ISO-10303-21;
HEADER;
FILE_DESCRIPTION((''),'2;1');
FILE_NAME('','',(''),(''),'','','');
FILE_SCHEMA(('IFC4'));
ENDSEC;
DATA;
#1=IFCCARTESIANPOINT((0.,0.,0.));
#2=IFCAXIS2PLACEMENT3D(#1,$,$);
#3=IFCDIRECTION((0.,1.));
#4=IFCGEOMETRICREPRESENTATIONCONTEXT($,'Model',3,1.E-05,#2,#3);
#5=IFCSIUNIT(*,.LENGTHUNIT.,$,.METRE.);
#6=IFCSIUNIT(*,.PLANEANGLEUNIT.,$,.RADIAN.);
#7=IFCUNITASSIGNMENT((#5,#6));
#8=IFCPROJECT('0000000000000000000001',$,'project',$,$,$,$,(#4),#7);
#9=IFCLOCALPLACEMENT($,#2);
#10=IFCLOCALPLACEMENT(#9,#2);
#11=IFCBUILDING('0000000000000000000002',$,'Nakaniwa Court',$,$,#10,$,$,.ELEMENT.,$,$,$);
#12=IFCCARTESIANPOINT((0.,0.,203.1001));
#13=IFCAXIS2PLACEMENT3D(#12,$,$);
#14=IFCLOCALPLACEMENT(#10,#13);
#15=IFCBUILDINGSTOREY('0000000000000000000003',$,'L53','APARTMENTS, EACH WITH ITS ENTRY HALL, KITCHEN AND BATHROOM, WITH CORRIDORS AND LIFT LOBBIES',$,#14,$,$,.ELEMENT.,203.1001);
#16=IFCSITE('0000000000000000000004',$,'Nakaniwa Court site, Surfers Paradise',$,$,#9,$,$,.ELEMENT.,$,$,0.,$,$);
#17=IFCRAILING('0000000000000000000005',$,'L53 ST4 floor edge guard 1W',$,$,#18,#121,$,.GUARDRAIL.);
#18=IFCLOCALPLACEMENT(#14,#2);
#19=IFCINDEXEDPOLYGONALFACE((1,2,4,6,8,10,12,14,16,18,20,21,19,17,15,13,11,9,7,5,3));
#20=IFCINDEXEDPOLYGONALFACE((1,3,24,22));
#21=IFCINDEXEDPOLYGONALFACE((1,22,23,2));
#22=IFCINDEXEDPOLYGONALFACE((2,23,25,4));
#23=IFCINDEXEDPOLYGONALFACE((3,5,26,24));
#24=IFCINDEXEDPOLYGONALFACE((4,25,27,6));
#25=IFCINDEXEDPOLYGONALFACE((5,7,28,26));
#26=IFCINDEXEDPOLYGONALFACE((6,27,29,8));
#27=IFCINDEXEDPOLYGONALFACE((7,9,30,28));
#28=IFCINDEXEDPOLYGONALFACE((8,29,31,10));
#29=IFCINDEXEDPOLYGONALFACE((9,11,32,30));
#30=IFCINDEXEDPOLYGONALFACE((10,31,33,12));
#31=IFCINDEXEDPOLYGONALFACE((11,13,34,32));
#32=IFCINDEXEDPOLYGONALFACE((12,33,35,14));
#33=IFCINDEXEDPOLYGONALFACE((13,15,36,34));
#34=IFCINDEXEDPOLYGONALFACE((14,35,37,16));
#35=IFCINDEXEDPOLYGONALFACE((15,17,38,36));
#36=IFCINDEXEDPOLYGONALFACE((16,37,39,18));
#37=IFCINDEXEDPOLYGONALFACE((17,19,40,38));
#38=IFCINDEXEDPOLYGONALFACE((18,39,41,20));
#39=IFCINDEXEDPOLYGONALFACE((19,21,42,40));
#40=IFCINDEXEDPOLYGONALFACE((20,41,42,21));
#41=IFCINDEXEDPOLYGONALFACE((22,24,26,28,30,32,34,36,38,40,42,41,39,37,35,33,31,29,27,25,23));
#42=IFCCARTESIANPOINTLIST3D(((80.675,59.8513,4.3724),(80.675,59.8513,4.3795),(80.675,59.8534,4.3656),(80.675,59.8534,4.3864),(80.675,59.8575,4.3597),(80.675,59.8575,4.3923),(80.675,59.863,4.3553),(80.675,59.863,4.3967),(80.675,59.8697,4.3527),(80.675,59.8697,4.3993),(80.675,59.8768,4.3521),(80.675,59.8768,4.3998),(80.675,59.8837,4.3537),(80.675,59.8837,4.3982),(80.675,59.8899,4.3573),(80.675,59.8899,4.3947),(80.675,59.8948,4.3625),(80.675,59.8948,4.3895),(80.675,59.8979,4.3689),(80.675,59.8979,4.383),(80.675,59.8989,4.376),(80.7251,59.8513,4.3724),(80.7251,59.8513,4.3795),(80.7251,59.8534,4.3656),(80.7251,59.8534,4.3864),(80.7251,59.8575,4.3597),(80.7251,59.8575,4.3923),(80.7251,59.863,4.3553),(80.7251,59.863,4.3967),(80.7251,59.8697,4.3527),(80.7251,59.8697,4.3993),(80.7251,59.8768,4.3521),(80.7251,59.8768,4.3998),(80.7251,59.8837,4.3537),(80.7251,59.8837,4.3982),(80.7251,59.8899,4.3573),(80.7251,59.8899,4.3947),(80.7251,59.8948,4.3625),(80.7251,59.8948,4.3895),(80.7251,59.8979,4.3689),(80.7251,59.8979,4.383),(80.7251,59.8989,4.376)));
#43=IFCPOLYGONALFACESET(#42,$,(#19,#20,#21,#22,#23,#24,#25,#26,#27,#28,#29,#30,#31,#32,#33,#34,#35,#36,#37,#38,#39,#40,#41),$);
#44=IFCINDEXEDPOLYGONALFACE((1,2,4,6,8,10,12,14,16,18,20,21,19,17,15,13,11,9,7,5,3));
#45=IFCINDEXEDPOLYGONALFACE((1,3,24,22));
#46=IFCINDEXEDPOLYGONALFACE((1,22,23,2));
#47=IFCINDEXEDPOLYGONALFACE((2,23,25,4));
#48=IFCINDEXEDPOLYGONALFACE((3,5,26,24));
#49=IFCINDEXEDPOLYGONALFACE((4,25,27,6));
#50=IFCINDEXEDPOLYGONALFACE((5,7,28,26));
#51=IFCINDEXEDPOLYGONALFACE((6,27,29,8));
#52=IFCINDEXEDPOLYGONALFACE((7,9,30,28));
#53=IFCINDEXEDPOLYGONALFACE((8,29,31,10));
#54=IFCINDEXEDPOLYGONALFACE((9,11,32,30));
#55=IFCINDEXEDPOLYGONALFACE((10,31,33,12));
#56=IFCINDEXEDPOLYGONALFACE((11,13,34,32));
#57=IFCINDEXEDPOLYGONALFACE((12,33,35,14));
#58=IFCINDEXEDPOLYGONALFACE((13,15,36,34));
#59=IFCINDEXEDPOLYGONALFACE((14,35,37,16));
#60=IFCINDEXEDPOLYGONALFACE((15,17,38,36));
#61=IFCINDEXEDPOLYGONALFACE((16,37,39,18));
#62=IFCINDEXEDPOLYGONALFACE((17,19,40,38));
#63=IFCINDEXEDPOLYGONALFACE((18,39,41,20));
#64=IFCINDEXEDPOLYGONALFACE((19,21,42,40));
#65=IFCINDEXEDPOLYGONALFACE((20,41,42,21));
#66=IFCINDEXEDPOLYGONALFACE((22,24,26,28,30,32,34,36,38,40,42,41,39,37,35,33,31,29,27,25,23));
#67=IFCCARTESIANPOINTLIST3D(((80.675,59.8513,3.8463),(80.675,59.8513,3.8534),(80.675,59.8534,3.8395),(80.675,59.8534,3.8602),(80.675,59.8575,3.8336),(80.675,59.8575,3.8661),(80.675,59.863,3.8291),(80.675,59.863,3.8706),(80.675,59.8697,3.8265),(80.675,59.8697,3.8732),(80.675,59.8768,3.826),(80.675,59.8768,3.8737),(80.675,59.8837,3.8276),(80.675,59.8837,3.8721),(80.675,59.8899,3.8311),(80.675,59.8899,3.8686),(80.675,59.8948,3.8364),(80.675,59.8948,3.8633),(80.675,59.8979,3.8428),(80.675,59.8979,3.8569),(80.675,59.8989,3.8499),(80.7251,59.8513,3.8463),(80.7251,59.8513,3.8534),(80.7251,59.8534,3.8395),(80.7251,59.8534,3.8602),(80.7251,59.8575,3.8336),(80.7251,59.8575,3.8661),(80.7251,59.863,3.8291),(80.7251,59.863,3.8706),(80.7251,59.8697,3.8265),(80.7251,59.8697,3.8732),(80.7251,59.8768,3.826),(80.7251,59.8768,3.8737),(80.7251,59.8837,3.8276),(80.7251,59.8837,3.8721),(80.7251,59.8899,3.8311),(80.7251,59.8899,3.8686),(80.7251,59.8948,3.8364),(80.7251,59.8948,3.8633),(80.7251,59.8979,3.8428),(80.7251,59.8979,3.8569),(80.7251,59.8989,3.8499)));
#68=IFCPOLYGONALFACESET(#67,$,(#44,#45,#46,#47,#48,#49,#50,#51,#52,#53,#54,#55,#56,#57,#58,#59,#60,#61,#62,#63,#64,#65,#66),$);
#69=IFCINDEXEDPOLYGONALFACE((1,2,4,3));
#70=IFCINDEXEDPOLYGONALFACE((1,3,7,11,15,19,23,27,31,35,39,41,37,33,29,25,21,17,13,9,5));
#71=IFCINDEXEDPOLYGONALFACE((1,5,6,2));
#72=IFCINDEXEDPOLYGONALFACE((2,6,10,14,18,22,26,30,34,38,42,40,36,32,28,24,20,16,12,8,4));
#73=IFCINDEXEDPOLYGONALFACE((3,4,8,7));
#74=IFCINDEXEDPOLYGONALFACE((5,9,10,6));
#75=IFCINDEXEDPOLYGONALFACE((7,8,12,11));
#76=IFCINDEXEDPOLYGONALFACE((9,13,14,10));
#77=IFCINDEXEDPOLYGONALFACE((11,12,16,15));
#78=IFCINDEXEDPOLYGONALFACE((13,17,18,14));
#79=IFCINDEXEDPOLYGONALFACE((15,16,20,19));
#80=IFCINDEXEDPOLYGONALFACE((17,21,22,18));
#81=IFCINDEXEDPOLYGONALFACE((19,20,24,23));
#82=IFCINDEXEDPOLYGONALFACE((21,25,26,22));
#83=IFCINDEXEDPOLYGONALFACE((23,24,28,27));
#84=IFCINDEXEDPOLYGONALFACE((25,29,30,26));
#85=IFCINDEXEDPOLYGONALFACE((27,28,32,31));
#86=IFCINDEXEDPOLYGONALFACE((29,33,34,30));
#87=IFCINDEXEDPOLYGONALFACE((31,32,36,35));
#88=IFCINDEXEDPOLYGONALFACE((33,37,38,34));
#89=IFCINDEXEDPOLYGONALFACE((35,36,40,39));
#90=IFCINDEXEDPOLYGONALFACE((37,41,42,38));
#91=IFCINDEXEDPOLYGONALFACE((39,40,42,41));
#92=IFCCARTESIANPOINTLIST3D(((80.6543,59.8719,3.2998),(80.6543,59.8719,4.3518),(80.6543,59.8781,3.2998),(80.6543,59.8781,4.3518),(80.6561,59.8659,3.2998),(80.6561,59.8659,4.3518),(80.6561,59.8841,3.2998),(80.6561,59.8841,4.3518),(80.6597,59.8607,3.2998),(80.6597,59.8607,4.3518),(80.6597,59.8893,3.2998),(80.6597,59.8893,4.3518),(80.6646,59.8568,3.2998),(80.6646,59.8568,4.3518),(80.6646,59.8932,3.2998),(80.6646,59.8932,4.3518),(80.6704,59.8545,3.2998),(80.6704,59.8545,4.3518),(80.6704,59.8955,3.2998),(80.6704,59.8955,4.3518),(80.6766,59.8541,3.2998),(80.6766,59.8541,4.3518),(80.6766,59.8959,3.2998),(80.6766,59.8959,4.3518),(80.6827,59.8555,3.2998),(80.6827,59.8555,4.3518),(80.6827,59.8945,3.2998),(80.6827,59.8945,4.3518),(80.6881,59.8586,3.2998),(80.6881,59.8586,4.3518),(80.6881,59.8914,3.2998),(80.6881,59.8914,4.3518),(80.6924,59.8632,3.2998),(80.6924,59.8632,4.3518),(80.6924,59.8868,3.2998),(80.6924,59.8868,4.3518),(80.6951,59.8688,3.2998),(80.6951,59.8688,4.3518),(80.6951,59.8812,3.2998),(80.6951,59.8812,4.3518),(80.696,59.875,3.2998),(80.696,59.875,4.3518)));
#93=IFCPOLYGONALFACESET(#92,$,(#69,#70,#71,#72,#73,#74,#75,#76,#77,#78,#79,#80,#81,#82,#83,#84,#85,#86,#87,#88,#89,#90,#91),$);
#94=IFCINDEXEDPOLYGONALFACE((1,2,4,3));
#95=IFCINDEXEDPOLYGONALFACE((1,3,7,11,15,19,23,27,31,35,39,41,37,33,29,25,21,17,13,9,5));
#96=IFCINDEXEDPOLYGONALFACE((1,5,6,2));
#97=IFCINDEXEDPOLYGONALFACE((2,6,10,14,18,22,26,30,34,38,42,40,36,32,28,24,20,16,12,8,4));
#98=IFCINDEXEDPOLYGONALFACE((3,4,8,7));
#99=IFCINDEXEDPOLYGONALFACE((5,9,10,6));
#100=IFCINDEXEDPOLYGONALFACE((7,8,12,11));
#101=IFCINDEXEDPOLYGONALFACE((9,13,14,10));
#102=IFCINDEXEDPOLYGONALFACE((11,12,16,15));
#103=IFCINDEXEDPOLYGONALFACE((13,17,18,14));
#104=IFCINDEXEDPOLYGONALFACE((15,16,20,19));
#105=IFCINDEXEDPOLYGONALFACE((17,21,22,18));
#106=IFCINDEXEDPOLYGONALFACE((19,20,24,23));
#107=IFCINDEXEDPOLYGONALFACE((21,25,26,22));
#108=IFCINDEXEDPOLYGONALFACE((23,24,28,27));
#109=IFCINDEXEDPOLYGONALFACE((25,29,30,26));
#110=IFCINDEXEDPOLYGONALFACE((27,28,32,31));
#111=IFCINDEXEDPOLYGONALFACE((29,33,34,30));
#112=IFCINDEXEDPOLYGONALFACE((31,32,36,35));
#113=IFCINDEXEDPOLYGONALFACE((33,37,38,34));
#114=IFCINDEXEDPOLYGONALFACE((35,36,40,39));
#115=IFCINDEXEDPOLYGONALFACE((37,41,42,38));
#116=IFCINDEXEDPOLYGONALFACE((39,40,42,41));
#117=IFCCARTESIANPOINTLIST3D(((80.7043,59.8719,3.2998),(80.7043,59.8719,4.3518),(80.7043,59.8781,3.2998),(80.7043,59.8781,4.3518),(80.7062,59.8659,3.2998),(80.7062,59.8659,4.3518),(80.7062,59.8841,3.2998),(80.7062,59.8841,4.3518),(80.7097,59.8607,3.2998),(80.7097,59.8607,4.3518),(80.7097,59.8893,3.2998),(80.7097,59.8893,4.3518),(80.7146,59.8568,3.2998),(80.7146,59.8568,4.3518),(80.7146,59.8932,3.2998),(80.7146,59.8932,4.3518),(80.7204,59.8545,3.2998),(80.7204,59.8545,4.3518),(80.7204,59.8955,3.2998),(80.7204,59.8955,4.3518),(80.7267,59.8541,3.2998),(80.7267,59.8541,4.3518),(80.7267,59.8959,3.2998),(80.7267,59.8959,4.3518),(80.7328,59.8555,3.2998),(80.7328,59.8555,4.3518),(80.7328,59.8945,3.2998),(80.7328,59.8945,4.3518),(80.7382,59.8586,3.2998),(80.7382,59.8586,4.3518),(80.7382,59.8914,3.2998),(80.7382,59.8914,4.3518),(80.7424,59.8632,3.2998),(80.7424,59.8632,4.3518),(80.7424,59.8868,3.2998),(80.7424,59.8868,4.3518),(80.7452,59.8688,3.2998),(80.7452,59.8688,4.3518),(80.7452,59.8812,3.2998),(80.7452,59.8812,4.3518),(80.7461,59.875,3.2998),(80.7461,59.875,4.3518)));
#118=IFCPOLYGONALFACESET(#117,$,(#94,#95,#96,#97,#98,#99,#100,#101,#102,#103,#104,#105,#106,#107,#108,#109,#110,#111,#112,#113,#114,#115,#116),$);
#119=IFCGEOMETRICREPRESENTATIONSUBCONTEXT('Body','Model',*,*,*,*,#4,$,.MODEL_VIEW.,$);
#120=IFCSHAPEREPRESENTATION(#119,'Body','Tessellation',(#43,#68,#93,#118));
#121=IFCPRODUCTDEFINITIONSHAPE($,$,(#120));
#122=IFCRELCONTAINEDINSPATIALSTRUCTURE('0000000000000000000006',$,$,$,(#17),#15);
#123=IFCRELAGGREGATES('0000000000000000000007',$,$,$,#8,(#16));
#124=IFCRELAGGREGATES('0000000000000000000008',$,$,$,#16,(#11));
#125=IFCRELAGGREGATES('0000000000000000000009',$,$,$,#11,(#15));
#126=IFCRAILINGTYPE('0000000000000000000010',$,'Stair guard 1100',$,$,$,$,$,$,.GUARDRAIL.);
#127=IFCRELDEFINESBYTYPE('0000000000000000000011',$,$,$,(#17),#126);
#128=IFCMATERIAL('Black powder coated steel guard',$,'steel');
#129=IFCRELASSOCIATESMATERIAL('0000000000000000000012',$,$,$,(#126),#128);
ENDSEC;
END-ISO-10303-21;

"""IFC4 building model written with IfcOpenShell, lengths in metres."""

from ifc_helpers import new_model, si_unit, direction, frame, origin, origin_2d, place, context, subcontext, project, spatial, circle, extrude, material, type_object, element, save


model = new_model("IFC4")

# Units and contexts
model_context = context("Model", 3, precision=1e-05, world=origin(), true_north=direction((0.0, 1.0)))
body_context = subcontext(model_context, "Body", "Model", "MODEL_VIEW")
ifc_project = project(units=[si_unit("LENGTHUNIT", "METRE"), si_unit("PLANEANGLEUNIT", "RADIAN")], contexts=[model_context])

# Site, building, storey
site_placement = place(None, origin())
site = spatial("IfcSite", under=ifc_project, at=site_placement, Name="Nakaniwa Court site, Surfers Paradise", CompositionType="ELEMENT", RefElevation=0.0)
building_placement = place(site_placement, origin())
building = spatial("IfcBuilding", under=site, at=building_placement, Name="Nakaniwa Court", CompositionType="ELEMENT")
storey_placement = place(building_placement, frame((0.0, 0.0, 203.1001)))
storey = spatial("IfcBuildingStorey", under=building, at=storey_placement, Name="L53", Description="APARTMENTS, EACH WITH ITS ENTRY HALL, KITCHEN AND BATHROOM, WITH CORRIDORS AND LIFT LOBBIES", CompositionType="ELEMENT", Elevation=203.1001)

# Railing
ifc_material_1 = material(Name="Black powder coated steel guard", Category="steel")
railing_type_1 = type_object("IfcRailingType", Name="Stair guard 1100", PredefinedType="GUARDRAIL", material=ifc_material_1)
for number, where, name in (
    (1, (80.675, 59.875, 3.2998), "L53 ST4 floor edge guard 1W"),
):
    element("IfcRailing", number, at=place(storey_placement, frame(where)), inside=storey, type_object=railing_type_1, Name=name, PredefinedType="GUARDRAIL", context=body_context, shape_type="SweptSolid", body=[
        extrude(circle(Radius=0.0239, at=origin_2d()), frame((0.0, 0.0, 1.0762), z_axis=(1.0, 0.0, 0.0), x_axis=(0.0, 1.0, 0.0)), (0.0, 0.0, 1.0), 0.05),
        extrude(circle(Radius=0.0239, at=origin_2d()), frame((0.0, 0.0, 0.55), z_axis=(1.0, 0.0, 0.0), x_axis=(0.0, 1.0, 0.0)), (0.0, 0.0, 1.0), 0.05),
        extrude(circle(Radius=0.021, at=origin_2d()), origin(), (0.0, 0.0, 1.0), 1.052),
        extrude(circle(Radius=0.021, at=origin_2d()), frame((0.05, 0.0, 0.0)), (0.0, 0.0, 1.0), 1.052),
    ])

save(model, "model.ifc")
